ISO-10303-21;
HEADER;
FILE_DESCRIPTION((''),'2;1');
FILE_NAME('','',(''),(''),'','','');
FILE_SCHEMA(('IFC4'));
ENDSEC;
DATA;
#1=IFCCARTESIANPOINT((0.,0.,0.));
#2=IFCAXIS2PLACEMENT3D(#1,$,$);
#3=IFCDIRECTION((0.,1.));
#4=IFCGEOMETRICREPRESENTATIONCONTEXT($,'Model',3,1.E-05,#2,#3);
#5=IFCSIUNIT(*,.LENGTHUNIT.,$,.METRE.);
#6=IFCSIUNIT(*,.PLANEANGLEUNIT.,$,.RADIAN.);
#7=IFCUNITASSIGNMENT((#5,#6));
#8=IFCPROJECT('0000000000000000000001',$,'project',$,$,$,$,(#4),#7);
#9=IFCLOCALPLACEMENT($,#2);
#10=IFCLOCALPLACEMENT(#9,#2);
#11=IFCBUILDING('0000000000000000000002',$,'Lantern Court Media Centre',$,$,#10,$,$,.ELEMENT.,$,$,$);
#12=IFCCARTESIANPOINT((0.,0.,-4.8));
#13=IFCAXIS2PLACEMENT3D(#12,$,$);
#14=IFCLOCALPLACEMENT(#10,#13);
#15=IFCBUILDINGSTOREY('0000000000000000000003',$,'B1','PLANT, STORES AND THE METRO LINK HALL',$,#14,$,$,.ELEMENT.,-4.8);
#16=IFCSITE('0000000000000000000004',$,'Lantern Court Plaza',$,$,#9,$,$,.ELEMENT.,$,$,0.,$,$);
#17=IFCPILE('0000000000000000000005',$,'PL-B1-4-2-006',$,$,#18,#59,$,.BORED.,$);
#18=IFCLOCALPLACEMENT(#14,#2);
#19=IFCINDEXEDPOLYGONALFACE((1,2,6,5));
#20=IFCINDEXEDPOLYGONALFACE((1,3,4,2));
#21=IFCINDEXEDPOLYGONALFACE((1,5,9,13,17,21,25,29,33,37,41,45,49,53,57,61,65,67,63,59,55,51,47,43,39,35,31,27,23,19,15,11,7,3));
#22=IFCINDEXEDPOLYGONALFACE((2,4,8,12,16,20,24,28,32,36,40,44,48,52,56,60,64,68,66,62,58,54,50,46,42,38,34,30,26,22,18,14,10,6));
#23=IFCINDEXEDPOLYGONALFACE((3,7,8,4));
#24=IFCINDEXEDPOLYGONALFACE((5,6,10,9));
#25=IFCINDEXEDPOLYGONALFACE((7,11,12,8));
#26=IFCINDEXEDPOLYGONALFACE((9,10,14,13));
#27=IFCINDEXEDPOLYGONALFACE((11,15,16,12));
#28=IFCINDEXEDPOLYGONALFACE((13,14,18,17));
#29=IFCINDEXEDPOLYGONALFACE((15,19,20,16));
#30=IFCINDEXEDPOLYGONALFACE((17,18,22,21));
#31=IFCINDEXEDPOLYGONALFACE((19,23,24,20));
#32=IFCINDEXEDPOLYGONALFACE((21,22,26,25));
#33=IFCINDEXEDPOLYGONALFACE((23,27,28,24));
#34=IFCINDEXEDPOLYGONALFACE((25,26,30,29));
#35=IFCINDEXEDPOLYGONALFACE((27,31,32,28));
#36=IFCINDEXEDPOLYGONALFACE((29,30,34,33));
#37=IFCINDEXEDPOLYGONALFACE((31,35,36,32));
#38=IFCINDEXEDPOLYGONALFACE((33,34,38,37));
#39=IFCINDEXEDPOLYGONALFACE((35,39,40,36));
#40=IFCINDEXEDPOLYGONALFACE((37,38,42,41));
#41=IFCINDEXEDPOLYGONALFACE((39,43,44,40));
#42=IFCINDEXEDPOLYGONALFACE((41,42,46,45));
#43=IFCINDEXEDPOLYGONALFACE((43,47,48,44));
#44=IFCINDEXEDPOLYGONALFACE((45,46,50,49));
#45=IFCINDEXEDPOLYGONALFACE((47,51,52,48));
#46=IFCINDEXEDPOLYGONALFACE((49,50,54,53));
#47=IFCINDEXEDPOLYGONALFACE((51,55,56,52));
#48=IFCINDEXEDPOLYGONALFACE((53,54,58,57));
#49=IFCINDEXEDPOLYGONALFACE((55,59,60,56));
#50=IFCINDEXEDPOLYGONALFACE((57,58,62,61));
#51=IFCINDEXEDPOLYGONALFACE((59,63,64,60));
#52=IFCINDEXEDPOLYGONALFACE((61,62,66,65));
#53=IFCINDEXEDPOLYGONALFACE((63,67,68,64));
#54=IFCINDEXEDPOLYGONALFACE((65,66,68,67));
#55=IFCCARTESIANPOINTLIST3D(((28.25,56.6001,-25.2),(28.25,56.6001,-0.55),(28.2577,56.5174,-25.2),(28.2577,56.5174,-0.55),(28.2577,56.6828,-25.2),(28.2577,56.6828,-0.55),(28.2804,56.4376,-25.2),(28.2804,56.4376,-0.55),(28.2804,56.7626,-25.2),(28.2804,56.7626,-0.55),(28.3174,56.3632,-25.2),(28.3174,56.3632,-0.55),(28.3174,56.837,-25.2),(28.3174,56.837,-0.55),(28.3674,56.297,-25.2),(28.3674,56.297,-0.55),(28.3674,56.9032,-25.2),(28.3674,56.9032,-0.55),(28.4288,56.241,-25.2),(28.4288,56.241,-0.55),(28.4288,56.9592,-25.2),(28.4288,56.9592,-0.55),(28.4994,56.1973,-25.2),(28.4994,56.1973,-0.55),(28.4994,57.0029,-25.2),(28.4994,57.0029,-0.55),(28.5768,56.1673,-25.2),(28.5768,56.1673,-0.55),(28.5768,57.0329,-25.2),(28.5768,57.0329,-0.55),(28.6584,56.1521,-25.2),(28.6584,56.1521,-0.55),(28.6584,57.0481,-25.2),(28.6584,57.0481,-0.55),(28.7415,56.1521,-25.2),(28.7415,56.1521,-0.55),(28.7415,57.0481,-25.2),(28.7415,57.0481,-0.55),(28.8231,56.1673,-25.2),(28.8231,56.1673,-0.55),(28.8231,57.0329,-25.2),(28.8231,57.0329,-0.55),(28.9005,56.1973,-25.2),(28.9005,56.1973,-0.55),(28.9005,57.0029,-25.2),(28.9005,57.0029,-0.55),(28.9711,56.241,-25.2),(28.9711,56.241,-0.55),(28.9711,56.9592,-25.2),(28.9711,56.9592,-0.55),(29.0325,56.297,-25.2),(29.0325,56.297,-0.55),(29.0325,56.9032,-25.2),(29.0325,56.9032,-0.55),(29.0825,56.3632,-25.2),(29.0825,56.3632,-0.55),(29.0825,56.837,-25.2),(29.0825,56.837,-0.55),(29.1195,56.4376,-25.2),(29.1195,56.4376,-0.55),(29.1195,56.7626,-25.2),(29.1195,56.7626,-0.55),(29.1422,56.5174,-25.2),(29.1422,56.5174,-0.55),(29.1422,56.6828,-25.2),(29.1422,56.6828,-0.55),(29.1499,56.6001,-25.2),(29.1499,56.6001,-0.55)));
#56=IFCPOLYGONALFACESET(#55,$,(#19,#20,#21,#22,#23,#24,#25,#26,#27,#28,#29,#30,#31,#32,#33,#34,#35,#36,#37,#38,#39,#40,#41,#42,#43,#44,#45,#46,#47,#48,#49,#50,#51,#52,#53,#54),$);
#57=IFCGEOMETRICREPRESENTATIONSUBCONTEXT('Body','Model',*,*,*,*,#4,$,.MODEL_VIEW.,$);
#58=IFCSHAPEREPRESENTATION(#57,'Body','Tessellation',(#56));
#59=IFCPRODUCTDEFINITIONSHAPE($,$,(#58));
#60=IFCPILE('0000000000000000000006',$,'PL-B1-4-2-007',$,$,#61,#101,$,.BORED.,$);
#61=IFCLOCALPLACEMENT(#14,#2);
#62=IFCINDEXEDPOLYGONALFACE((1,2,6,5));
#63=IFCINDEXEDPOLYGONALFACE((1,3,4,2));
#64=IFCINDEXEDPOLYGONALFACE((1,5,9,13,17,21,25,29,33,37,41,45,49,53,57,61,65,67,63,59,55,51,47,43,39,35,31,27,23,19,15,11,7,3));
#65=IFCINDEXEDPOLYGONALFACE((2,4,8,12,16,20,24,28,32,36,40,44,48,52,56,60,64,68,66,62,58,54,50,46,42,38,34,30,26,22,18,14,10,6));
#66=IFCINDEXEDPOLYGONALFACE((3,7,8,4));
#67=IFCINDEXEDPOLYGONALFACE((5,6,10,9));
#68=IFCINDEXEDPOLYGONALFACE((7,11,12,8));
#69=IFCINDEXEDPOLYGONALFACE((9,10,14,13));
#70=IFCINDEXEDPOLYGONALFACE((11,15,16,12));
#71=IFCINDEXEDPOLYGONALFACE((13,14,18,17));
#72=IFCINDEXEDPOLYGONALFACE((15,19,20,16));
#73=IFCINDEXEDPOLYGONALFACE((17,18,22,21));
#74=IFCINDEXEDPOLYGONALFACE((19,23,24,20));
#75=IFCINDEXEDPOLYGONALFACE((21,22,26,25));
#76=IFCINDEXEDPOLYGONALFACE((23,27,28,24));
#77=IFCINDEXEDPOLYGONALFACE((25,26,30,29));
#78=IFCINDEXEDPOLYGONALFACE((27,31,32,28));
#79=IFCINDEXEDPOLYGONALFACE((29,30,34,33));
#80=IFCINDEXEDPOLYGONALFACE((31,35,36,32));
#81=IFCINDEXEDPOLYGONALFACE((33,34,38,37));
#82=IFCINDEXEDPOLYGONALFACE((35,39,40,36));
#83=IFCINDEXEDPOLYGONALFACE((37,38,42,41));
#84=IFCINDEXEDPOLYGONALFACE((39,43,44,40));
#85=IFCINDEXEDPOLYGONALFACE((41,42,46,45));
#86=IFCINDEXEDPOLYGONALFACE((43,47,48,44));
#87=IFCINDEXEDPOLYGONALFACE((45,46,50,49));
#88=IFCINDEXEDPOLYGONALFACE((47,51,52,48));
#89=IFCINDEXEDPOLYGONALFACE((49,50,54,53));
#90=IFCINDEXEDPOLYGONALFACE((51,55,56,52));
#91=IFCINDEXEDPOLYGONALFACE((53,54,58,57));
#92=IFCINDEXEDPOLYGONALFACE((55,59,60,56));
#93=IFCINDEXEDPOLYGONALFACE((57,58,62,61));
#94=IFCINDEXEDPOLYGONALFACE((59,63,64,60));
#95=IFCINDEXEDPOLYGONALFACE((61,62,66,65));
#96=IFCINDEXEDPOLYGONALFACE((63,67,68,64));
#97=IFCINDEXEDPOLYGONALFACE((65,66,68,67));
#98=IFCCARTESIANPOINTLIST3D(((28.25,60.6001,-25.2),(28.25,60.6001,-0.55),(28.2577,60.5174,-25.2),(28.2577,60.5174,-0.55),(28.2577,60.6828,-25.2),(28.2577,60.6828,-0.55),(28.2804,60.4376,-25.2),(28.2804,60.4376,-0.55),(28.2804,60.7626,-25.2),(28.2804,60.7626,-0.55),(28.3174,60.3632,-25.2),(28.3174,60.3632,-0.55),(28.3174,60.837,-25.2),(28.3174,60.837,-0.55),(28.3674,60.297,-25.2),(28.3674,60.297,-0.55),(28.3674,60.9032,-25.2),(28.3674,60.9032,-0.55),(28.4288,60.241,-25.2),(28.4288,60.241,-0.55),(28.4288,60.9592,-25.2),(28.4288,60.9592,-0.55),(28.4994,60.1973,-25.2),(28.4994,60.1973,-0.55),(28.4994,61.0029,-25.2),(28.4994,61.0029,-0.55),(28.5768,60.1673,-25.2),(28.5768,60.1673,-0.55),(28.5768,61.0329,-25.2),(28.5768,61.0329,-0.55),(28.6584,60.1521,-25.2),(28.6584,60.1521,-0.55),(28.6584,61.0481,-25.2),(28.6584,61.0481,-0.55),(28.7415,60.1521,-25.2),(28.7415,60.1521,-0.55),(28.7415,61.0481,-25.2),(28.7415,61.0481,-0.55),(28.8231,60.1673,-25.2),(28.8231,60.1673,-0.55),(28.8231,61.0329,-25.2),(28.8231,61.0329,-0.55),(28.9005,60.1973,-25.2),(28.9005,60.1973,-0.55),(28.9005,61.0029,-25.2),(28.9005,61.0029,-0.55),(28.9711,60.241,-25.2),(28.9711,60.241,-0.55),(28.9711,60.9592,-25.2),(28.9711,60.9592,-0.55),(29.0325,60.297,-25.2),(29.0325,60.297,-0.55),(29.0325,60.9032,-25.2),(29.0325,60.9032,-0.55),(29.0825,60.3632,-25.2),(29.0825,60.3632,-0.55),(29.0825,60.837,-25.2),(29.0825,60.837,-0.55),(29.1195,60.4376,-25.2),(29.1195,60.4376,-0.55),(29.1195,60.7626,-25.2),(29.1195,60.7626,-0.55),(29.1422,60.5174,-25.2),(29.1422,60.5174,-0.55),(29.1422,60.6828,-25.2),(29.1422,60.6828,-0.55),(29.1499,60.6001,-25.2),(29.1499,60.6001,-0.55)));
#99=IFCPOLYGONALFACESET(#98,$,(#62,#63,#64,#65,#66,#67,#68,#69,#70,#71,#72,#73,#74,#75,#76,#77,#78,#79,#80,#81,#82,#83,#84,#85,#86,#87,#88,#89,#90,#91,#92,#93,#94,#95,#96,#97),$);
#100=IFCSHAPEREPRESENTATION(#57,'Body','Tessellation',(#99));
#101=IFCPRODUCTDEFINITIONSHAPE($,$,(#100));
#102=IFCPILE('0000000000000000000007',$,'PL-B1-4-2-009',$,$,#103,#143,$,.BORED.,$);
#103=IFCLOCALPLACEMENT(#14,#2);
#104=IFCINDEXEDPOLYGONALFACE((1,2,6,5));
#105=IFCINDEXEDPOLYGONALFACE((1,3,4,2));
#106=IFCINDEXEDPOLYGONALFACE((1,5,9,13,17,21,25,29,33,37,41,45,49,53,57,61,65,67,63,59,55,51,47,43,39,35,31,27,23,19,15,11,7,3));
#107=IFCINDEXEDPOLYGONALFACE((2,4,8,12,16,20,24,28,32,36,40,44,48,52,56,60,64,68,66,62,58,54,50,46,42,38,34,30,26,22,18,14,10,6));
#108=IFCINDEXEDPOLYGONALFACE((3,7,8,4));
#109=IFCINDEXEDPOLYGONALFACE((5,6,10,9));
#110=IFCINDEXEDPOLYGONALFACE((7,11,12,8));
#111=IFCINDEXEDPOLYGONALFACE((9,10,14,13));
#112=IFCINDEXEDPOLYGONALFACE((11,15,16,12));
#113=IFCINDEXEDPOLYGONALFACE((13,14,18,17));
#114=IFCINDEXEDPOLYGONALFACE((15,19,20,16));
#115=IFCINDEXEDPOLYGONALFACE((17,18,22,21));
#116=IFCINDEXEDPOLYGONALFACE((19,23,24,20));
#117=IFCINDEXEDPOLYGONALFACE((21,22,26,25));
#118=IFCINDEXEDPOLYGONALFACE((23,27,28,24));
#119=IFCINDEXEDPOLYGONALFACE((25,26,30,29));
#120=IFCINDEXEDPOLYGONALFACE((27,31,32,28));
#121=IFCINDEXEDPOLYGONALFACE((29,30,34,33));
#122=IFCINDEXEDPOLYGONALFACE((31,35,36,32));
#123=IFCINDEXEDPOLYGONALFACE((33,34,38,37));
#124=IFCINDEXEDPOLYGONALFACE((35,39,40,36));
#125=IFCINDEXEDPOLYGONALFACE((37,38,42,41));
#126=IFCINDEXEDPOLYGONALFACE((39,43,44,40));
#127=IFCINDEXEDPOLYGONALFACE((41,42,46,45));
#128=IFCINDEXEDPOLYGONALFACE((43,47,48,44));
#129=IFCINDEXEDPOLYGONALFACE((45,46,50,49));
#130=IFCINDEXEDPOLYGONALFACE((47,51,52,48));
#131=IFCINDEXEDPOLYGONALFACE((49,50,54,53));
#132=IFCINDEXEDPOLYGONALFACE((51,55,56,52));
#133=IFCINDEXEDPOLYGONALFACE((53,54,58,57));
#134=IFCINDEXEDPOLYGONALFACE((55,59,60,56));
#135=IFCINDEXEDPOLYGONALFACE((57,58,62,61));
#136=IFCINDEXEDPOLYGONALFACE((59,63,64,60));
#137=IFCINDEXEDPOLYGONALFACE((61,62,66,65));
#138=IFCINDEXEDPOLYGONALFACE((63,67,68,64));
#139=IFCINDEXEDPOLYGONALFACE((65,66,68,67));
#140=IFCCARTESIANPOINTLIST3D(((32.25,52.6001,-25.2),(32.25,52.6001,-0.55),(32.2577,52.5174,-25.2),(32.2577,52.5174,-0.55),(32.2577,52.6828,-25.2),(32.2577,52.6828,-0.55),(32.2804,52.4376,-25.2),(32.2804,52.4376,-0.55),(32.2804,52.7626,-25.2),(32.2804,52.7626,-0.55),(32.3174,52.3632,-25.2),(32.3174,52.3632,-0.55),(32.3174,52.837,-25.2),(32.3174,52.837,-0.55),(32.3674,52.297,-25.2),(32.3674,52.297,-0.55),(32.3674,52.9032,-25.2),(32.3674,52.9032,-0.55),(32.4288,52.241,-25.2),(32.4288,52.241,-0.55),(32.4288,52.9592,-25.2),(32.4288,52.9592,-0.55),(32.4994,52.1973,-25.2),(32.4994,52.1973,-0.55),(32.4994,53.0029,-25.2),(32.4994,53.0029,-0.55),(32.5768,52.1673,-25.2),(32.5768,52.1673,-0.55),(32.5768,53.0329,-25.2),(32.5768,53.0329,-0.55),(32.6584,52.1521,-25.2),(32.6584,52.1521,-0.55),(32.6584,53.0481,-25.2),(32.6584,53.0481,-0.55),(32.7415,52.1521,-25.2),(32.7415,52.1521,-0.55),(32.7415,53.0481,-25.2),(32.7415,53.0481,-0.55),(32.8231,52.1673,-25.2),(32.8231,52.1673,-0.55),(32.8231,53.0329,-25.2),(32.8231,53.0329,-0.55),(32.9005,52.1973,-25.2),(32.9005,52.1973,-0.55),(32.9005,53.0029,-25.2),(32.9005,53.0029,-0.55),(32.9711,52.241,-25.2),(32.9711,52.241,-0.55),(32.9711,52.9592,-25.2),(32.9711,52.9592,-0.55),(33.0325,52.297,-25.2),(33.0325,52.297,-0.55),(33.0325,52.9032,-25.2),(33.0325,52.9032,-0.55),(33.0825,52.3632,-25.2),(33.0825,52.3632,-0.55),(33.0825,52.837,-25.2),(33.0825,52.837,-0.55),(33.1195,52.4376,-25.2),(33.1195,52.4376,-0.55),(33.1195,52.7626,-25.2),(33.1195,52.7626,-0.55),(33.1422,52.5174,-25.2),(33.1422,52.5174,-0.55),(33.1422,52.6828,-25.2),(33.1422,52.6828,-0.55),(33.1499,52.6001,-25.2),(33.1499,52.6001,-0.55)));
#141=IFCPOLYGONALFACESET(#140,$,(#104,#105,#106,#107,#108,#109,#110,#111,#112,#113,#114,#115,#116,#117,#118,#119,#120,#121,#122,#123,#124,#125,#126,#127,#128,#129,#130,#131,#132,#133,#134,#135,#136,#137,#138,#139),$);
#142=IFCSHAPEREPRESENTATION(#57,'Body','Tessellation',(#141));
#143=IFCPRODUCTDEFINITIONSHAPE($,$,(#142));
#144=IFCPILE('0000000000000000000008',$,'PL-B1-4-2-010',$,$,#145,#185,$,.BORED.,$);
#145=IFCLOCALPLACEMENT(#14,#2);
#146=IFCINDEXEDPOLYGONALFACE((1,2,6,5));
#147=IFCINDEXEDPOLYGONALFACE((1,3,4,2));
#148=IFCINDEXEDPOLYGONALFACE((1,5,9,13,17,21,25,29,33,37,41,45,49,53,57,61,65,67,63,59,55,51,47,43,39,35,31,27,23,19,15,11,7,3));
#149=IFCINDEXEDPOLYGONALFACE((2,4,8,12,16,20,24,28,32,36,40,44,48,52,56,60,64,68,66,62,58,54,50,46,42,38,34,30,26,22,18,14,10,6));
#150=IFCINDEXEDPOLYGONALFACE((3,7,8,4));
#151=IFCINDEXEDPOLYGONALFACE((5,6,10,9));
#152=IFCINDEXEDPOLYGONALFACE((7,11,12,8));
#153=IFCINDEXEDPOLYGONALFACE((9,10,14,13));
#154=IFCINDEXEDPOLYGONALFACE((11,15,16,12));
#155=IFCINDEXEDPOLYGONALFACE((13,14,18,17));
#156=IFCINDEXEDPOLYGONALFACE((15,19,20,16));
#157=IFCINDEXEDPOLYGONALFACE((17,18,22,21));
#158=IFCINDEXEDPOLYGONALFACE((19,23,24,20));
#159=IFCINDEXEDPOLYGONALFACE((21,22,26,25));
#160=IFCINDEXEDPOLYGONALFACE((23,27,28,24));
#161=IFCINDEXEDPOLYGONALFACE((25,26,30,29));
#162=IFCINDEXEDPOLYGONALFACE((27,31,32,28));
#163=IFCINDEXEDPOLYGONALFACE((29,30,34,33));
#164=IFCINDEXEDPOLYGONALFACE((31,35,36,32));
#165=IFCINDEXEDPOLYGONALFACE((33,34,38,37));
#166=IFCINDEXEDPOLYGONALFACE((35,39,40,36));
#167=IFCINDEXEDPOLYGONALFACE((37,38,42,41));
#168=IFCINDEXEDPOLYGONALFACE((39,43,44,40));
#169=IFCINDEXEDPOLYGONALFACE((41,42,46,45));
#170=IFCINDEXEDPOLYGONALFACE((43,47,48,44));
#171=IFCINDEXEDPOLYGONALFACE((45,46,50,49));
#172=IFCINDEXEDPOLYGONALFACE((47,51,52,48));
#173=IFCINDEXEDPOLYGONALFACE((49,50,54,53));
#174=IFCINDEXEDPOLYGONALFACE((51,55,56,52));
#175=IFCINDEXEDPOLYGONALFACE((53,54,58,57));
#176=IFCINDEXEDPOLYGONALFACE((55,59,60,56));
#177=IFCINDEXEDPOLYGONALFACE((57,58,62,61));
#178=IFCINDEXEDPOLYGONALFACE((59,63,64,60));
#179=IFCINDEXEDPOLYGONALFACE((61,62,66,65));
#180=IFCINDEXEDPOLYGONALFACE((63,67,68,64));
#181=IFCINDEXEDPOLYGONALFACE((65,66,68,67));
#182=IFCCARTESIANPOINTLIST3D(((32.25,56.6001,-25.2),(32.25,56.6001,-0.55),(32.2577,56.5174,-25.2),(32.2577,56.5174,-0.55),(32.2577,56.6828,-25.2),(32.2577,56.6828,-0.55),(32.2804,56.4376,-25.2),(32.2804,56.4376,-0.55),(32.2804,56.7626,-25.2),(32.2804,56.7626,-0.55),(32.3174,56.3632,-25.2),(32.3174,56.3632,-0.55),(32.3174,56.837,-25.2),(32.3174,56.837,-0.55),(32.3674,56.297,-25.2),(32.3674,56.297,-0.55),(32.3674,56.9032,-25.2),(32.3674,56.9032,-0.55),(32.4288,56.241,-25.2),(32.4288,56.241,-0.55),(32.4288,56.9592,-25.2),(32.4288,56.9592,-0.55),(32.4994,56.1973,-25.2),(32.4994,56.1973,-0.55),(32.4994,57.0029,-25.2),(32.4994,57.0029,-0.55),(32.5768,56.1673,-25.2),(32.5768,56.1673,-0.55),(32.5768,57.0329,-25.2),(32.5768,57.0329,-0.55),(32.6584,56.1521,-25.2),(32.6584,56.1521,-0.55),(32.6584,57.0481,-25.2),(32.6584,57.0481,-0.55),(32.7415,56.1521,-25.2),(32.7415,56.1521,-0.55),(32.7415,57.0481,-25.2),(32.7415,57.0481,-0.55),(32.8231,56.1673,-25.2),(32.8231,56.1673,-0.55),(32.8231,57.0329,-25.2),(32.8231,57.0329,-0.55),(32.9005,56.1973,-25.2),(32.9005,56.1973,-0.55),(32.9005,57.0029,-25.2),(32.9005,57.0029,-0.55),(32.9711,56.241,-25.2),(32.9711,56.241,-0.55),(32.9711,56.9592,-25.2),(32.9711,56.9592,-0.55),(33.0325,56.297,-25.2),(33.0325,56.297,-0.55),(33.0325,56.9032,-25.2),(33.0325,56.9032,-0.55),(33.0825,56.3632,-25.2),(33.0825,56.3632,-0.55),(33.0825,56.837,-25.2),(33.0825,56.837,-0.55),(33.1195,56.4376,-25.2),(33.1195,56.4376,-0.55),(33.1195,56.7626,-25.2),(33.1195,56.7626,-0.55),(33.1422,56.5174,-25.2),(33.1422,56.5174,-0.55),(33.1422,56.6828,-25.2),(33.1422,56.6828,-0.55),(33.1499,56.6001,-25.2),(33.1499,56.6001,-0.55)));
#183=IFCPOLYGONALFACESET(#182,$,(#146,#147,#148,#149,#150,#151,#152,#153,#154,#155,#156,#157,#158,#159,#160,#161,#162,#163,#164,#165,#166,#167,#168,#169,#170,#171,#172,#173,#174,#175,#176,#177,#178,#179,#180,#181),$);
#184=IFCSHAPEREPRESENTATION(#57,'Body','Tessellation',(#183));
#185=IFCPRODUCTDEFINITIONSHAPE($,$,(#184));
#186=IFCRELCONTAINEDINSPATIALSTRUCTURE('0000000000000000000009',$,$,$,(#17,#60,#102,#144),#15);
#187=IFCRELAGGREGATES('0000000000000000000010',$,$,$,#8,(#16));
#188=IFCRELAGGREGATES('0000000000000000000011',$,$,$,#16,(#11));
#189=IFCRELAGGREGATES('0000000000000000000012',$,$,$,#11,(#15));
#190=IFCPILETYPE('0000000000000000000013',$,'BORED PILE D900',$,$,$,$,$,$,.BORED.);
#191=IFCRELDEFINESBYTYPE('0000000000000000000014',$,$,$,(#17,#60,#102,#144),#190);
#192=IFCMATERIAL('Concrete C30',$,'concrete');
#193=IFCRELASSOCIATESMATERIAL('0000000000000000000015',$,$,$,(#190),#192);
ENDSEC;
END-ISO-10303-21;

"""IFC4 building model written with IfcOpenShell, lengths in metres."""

from ifc_helpers import new_model, si_unit, direction, frame, origin, origin_2d, place, context, subcontext, project, spatial, circle, extrude, material, material_profile, profile_set, type_object, element, save


model = new_model("IFC4")

# Units and contexts
model_context = context("Model", 3, precision=1e-05, world=origin(), true_north=direction((0.0, 1.0)))
body_context = subcontext(model_context, "Body", "Model", "MODEL_VIEW")
ifc_project = project(units=[si_unit("LENGTHUNIT", "METRE"), si_unit("PLANEANGLEUNIT", "RADIAN")], contexts=[model_context])

# Site, building, storey
site_placement = place(None, origin())
site = spatial("IfcSite", under=ifc_project, at=site_placement, Name="Lantern Court Plaza", CompositionType="ELEMENT", RefElevation=0.0)
building_placement = place(site_placement, origin())
building = spatial("IfcBuilding", under=site, at=building_placement, Name="Lantern Court Media Centre", CompositionType="ELEMENT")
storey_placement = place(building_placement, frame((0.0, 0.0, -4.8)))
storey = spatial("IfcBuildingStorey", under=building, at=storey_placement, Name="B1", Description="PLANT, STORES AND THE METRO LINK HALL", CompositionType="ELEMENT", Elevation=-4.8)

# Piles
ifc_material_1 = material(Name="Concrete C30", Category="concrete")
ifc_material_profile_1 = material_profile(ifc_material_1, circle(Radius=0.45, at=origin_2d()), Name="D900")
ifc_profile_set_1 = profile_set([ifc_material_profile_1], Name="Concrete C30")
pile_type = type_object("IfcPileType", Name="BORED PILE D900", PredefinedType="BORED", material=ifc_profile_set_1)
for number, where, z_axis, x_axis, name in (
    (1, (28.7, 56.6001, -0.55), (0.0, 0.0, -1.0), (1.0, 0.0, 0.0), "PL-B1-4-2-006"),
    (2, (28.7, 60.6001, -0.55), (0.0, 0.0, -1.0), (1.0, 0.0, 0.0), "PL-B1-4-2-007"),
    (3, (32.7, 52.6001, -0.55), (0.0, 0.0, -1.0), (1.0, 0.0, 0.0), "PL-B1-4-2-009"),
    (4, (32.7, 56.6001, -0.55), (0.0, 0.0, -1.0), (1.0, 0.0, 0.0), "PL-B1-4-2-010"),
):
    element("IfcPile", number, at=place(storey_placement, frame(where, z_axis=z_axis, x_axis=x_axis)), inside=storey, type_object=pile_type, Name=name, PredefinedType="BORED", context=body_context, shape_type="SweptSolid", body=[
        extrude(circle(Radius=0.45, at=origin_2d()), origin(), (0.0, 0.0, 1.0), 24.6499),
    ])

save(model, "model.ifc")
